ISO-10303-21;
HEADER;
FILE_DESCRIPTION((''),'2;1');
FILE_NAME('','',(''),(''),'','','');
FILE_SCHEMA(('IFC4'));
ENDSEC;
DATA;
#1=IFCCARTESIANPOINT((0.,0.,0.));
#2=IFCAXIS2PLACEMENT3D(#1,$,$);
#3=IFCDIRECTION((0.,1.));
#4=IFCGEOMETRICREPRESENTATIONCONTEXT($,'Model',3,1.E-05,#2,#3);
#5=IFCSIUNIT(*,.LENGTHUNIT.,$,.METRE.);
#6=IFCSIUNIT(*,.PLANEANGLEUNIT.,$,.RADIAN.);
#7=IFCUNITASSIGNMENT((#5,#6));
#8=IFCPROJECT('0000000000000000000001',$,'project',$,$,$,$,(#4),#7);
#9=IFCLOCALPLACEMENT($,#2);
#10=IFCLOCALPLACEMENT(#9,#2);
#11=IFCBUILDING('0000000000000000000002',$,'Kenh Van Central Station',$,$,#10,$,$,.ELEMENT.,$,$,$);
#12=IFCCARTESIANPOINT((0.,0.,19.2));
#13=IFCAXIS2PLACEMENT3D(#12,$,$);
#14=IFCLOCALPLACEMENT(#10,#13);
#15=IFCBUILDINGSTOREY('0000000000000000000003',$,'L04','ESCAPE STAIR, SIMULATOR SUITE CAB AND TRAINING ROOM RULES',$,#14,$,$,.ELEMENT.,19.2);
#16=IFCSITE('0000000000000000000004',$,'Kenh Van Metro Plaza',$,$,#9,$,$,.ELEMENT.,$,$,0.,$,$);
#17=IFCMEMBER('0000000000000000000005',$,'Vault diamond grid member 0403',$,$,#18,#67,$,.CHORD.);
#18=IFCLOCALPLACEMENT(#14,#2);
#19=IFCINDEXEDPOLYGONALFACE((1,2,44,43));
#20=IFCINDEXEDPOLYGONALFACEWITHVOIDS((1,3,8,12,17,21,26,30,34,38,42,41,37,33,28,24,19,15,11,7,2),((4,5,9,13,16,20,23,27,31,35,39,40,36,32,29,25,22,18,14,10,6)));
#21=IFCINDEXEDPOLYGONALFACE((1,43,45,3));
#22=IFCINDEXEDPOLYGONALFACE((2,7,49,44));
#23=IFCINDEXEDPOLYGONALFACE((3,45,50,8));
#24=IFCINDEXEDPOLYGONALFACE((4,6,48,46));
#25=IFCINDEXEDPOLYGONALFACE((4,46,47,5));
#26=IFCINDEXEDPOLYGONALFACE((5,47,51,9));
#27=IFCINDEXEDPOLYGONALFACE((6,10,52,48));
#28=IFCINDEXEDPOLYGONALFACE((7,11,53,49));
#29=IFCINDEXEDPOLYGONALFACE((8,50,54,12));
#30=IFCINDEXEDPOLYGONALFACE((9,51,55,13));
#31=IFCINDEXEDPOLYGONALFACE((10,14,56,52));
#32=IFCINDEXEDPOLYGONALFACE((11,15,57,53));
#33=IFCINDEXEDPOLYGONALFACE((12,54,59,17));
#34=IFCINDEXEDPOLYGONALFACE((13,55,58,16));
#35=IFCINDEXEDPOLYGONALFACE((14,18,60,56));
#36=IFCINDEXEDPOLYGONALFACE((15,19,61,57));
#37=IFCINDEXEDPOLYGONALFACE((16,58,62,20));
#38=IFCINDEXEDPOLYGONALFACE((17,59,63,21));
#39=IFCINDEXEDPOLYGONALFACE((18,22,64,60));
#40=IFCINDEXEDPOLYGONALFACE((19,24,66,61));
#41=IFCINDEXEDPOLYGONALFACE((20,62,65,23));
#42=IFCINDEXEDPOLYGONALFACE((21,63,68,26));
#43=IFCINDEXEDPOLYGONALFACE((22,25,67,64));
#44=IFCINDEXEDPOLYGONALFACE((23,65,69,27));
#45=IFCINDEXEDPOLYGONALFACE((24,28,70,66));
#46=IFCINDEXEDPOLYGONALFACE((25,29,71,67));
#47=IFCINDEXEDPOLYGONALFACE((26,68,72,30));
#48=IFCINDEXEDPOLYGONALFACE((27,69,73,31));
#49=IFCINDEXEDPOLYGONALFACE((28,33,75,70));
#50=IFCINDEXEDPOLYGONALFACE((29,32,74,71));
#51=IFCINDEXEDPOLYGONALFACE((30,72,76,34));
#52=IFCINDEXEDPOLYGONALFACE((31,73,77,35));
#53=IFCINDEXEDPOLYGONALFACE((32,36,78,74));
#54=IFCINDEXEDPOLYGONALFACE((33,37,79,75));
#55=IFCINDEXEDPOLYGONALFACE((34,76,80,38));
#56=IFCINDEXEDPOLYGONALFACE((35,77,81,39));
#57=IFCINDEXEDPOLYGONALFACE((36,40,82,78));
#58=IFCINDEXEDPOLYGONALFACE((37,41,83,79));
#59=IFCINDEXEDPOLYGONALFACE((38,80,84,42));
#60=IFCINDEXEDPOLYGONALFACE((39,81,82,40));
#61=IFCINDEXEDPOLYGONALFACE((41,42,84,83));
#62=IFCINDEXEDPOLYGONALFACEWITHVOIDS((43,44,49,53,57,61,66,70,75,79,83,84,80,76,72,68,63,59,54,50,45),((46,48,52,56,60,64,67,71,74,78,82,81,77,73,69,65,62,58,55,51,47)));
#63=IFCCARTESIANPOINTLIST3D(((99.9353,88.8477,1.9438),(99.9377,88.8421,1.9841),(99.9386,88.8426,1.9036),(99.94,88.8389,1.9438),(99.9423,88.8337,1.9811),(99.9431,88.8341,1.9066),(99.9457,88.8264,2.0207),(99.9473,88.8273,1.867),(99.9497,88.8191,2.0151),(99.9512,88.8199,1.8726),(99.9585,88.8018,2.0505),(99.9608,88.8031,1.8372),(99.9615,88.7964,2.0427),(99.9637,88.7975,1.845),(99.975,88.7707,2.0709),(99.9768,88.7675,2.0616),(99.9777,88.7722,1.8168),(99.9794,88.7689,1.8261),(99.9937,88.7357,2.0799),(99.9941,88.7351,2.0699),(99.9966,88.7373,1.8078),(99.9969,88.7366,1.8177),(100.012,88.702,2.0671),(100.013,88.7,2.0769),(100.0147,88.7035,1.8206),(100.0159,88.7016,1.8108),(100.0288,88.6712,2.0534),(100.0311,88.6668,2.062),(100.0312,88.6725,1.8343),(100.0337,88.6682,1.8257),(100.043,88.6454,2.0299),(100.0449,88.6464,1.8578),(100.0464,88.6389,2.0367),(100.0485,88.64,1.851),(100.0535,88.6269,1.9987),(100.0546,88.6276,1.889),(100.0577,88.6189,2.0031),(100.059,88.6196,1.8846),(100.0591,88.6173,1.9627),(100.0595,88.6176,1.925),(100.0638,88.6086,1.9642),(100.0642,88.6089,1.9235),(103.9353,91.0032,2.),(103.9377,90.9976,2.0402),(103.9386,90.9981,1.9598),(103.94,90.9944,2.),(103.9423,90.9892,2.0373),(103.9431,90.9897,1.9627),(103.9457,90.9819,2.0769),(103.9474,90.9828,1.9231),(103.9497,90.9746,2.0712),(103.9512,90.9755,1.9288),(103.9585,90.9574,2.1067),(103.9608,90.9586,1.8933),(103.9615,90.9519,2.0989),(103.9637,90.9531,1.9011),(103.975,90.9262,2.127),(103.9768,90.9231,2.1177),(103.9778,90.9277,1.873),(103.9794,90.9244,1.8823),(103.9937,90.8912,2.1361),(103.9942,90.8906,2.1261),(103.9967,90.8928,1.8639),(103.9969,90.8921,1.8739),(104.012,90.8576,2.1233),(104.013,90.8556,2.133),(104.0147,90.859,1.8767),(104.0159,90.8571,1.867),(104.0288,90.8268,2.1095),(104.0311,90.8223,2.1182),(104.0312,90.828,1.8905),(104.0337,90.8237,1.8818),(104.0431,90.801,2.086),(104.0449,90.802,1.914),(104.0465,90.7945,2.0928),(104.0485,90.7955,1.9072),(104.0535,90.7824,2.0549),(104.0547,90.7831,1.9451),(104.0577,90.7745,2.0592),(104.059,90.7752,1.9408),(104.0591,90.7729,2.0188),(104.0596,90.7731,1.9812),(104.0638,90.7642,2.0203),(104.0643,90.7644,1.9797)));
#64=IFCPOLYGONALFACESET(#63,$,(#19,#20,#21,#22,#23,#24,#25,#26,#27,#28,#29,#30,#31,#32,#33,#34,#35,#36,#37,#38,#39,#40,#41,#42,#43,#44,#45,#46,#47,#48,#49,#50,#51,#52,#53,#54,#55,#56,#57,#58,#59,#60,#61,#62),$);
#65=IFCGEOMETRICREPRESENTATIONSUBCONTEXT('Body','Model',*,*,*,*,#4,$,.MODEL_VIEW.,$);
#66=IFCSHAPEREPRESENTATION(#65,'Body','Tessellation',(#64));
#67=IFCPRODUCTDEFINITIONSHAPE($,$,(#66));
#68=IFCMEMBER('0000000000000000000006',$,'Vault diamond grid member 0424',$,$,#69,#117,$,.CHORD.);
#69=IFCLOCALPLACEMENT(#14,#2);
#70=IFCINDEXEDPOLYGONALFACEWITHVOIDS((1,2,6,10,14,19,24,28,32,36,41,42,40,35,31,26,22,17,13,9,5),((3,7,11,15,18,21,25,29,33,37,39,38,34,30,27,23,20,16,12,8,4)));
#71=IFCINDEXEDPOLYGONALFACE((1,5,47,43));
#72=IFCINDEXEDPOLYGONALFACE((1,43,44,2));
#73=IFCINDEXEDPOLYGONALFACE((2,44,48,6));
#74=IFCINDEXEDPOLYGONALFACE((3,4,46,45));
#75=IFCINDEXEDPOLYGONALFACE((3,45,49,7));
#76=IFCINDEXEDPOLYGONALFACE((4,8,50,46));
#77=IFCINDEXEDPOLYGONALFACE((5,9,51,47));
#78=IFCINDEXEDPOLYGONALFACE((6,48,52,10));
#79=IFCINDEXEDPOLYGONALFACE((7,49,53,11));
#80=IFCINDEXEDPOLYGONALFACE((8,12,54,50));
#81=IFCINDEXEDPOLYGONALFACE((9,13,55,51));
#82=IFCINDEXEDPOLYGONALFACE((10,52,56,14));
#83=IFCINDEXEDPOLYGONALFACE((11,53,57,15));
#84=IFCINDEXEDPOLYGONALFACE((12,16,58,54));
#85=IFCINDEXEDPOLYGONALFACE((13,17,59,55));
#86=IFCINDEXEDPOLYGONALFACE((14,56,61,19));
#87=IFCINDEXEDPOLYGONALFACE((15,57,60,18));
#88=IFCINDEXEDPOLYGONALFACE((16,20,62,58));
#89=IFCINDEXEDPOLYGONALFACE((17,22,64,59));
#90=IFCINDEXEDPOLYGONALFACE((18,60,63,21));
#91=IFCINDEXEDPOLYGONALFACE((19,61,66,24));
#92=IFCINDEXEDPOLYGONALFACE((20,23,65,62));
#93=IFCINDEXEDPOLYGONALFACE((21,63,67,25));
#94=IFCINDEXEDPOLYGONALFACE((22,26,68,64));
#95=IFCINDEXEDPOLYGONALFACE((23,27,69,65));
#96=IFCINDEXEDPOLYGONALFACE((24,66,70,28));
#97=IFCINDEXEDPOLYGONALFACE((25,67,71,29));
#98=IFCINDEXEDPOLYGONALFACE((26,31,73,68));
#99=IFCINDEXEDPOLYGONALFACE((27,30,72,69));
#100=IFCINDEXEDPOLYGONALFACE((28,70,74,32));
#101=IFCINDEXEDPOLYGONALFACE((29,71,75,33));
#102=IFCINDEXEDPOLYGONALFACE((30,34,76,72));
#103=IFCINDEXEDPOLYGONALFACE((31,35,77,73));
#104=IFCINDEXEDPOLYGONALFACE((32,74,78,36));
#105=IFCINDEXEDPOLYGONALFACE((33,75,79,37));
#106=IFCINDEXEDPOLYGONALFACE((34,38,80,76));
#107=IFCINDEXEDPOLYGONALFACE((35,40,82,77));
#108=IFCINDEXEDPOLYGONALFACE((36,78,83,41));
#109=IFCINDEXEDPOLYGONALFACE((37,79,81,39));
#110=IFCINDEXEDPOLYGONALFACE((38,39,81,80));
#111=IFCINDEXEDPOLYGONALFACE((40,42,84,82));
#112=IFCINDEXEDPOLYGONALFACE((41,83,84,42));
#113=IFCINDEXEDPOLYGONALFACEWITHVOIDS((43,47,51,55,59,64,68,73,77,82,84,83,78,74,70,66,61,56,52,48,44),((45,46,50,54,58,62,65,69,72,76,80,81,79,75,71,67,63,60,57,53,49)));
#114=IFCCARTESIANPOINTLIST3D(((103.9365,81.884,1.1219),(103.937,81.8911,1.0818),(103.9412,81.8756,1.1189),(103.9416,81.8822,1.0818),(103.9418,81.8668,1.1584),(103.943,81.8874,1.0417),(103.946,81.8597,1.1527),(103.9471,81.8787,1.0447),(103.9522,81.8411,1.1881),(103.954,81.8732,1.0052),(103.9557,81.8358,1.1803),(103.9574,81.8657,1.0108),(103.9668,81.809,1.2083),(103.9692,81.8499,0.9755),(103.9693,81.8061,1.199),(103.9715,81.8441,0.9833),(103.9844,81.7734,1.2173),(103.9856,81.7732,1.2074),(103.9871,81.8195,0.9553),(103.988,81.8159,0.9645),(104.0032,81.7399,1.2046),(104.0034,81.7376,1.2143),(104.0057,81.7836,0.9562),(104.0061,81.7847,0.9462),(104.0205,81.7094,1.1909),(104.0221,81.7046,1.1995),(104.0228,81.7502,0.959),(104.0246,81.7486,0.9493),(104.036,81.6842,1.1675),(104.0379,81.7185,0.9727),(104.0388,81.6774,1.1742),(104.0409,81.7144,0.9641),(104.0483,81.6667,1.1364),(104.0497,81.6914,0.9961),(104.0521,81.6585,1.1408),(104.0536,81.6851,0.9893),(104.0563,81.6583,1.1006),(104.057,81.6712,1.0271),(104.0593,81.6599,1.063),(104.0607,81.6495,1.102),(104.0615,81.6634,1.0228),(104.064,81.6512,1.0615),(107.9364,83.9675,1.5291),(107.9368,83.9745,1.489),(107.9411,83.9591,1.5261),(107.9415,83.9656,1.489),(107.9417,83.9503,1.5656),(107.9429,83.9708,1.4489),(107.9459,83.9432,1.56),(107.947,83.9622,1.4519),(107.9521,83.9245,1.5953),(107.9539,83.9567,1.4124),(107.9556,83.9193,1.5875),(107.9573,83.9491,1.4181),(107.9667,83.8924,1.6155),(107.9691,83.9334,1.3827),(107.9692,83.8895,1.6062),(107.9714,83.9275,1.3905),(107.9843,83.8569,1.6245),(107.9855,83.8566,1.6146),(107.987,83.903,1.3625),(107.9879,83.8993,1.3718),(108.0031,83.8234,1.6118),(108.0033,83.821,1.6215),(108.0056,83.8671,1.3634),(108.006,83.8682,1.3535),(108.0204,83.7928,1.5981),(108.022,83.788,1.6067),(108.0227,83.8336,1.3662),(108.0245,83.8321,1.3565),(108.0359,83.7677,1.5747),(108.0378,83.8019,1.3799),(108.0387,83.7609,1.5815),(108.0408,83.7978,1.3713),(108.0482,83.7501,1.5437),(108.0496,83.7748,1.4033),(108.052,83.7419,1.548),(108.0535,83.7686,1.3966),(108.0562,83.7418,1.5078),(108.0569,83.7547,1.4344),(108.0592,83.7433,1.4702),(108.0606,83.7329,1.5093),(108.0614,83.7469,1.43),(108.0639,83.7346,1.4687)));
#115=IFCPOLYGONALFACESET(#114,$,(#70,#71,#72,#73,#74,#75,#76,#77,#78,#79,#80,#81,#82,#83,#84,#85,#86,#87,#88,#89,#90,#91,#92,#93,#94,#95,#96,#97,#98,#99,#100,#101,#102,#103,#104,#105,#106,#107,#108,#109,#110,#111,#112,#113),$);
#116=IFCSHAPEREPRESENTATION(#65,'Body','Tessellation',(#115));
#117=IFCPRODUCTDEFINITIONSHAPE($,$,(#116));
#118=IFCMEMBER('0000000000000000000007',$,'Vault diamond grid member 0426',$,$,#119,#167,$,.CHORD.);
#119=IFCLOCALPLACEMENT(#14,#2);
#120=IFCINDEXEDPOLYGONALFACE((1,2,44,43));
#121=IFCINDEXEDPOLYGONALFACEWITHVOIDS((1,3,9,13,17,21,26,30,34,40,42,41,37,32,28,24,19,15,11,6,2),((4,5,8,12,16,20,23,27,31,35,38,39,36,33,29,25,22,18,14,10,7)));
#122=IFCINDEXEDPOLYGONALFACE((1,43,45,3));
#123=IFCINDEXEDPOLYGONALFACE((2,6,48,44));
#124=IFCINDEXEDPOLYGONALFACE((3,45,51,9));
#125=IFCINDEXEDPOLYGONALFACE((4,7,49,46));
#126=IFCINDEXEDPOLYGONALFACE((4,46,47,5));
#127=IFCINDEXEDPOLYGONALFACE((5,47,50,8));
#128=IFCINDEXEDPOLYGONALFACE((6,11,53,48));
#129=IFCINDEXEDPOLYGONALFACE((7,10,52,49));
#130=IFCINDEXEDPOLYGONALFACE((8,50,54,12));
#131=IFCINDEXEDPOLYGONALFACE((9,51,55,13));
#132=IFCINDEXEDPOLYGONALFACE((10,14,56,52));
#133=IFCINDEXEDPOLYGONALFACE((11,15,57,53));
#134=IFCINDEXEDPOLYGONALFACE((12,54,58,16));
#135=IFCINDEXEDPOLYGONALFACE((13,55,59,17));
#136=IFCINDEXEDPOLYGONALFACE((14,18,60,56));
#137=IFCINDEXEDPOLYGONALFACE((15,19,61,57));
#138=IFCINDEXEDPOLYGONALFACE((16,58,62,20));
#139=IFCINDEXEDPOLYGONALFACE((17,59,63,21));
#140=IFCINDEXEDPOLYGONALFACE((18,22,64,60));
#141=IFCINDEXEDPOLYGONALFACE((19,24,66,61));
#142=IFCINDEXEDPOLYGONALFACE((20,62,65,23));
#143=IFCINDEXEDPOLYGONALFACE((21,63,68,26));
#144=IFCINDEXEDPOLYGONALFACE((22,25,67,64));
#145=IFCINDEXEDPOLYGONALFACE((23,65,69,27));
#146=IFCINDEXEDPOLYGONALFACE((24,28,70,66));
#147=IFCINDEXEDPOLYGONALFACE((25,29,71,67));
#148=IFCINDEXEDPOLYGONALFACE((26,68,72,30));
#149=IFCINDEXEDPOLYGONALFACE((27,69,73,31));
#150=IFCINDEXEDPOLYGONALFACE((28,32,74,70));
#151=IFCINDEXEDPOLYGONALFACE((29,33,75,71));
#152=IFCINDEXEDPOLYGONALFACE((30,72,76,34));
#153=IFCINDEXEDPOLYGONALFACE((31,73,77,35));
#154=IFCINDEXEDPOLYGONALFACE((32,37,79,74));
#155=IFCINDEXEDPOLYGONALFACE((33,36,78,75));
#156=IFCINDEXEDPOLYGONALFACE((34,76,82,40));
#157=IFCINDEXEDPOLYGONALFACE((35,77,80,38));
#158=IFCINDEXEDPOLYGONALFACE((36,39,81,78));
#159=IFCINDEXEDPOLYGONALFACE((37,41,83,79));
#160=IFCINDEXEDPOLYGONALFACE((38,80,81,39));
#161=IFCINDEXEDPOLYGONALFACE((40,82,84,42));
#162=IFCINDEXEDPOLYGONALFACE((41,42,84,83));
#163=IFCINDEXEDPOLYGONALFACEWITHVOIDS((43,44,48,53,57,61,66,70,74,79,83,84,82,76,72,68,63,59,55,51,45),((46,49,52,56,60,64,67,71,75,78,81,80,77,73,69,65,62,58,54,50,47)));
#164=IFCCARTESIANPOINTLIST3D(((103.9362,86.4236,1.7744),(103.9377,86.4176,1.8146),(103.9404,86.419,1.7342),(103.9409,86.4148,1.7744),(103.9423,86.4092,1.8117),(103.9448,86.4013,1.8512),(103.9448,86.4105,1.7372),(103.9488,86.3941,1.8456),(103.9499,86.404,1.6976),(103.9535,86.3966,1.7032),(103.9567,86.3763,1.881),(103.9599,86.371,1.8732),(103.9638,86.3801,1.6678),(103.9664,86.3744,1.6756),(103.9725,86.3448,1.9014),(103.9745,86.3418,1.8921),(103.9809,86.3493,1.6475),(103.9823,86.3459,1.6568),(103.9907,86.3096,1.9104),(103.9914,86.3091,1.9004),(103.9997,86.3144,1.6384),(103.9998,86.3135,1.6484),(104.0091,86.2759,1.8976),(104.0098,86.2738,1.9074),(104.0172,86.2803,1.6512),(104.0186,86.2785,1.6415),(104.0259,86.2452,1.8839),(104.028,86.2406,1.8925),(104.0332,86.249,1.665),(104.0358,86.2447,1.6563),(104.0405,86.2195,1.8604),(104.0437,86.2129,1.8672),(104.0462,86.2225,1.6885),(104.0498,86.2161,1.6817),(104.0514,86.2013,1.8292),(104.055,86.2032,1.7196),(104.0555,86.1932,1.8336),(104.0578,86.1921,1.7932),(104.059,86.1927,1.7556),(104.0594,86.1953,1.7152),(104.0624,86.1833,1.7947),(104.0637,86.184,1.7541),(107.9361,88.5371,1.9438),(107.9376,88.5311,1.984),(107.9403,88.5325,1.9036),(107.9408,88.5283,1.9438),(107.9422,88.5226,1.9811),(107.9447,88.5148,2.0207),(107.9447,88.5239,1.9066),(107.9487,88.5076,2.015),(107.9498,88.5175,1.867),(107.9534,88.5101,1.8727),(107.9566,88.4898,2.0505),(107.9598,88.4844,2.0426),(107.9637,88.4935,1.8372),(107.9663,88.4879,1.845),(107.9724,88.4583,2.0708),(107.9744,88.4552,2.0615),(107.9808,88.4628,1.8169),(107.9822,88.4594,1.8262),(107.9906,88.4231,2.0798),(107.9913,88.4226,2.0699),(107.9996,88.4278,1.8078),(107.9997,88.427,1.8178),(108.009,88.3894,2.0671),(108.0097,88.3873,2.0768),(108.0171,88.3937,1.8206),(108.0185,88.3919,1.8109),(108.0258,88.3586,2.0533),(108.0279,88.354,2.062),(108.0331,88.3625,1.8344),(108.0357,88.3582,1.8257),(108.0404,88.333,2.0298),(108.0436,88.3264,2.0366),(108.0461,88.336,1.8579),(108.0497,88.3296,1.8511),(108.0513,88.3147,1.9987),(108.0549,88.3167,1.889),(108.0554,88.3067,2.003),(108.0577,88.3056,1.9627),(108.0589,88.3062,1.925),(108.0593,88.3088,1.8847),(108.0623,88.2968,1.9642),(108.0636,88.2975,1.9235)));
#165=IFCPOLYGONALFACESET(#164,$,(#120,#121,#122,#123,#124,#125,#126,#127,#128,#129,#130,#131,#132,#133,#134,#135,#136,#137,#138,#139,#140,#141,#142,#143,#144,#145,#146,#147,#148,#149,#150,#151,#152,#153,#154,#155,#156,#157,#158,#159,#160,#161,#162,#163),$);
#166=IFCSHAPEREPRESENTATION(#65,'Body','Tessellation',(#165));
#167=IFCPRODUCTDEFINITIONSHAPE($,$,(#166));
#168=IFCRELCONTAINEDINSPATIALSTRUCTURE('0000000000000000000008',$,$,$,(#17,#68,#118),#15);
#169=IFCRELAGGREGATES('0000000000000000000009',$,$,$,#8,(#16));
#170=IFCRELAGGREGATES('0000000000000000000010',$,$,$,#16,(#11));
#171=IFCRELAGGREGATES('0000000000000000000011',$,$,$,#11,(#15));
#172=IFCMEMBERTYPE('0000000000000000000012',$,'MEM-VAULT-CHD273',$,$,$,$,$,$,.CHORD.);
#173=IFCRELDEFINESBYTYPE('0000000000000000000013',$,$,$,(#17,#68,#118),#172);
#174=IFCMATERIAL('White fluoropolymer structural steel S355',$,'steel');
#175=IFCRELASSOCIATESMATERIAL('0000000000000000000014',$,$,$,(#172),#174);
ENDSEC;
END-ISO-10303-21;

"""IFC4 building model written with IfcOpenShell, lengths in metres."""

from ifc_helpers import new_model, si_unit, direction, frame, origin, origin_2d, place, context, subcontext, project, spatial, hollow_circle, extrude, material, material_profile, profile_set, type_object, element, save


model = new_model("IFC4")

# Units and contexts
model_context = context("Model", 3, precision=1e-05, world=origin(), true_north=direction((0.0, 1.0)))
body_context = subcontext(model_context, "Body", "Model", "MODEL_VIEW")
ifc_project = project(units=[si_unit("LENGTHUNIT", "METRE"), si_unit("PLANEANGLEUNIT", "RADIAN")], contexts=[model_context])

# Site, building, storey
site_placement = place(None, origin())
site = spatial("IfcSite", under=ifc_project, at=site_placement, Name="Kenh Van Metro Plaza", CompositionType="ELEMENT", RefElevation=0.0)
building_placement = place(site_placement, origin())
building = spatial("IfcBuilding", under=site, at=building_placement, Name="Kenh Van Central Station", CompositionType="ELEMENT")
storey_placement = place(building_placement, frame((0.0, 0.0, 19.2)))
storey = spatial("IfcBuildingStorey", under=building, at=storey_placement, Name="L04", Description="ESCAPE STAIR, SIMULATOR SUITE CAB AND TRAINING ROOM RULES", CompositionType="ELEMENT", Elevation=19.2)

# Shared definitions
ifc_material_1 = material(Name="White fluoropolymer structural steel S355", Category="steel")

# Members
ifc_material_profile_1 = material_profile(ifc_material_1, hollow_circle(Radius=0.1365, WallThickness=0.01, at=origin_2d()), Name="CHS 273x10")
ifc_profile_set_1 = profile_set([ifc_material_profile_1], Name="White fluoropolymer structural steel S355")
member_type_1 = type_object("IfcMemberType", Name="MEM-VAULT-CHD273", PredefinedType="CHORD", material=ifc_profile_set_1)
member_1_placement = place(storey_placement, frame((100.0, 88.7275, 1.9438), z_axis=(0.88025, 0.474349, 0.012357), x_axis=(-0.474385, 0.880318, 0.0)))
element("IfcMember", 1, at=member_1_placement, inside=storey, type_object=member_type_1, Name="Vault diamond grid member 0403", PredefinedType="CHORD", context=body_context, shape_type="SweptSolid", body=[
    extrude(hollow_circle(Radius=0.1365, WallThickness=0.01, at=origin_2d()), origin(), (0.0, 0.0, 1.0), 4.5442),
])
member_2_placement = place(storey_placement, frame((104.0, 81.77, 1.0818), z_axis=(0.883306, 0.460091, 0.089926), x_axis=(-0.461963, 0.886899, 0.0)))
element("IfcMember", 2, at=member_2_placement, inside=storey, type_object=member_type_1, Name="Vault diamond grid member 0424", PredefinedType="CHORD", context=body_context, shape_type="SweptSolid", body=[
    extrude(hollow_circle(Radius=0.1365, WallThickness=0.01, at=origin_2d()), origin(), (0.0, 0.0, 1.0), 4.5283),
])
for number, where, z_axis, x_axis, name in (
    (3, (104.0, 86.303, 1.7744), (0.883545, 0.466849, 0.037426), (-0.467176, 0.884164, 0.0), "Vault diamond grid member 0426"),
):
    element("IfcMember", number, at=place(storey_placement, frame(where, z_axis=z_axis, x_axis=x_axis)), inside=storey, type_object=member_type_1, Name=name, PredefinedType="CHORD", context=body_context, shape_type="SweptSolid", body=[
        extrude(hollow_circle(Radius=0.1365, WallThickness=0.01, at=origin_2d()), origin(), (0.0, 0.0, 1.0), 4.5271),
    ])

save(model, "model.ifc")
